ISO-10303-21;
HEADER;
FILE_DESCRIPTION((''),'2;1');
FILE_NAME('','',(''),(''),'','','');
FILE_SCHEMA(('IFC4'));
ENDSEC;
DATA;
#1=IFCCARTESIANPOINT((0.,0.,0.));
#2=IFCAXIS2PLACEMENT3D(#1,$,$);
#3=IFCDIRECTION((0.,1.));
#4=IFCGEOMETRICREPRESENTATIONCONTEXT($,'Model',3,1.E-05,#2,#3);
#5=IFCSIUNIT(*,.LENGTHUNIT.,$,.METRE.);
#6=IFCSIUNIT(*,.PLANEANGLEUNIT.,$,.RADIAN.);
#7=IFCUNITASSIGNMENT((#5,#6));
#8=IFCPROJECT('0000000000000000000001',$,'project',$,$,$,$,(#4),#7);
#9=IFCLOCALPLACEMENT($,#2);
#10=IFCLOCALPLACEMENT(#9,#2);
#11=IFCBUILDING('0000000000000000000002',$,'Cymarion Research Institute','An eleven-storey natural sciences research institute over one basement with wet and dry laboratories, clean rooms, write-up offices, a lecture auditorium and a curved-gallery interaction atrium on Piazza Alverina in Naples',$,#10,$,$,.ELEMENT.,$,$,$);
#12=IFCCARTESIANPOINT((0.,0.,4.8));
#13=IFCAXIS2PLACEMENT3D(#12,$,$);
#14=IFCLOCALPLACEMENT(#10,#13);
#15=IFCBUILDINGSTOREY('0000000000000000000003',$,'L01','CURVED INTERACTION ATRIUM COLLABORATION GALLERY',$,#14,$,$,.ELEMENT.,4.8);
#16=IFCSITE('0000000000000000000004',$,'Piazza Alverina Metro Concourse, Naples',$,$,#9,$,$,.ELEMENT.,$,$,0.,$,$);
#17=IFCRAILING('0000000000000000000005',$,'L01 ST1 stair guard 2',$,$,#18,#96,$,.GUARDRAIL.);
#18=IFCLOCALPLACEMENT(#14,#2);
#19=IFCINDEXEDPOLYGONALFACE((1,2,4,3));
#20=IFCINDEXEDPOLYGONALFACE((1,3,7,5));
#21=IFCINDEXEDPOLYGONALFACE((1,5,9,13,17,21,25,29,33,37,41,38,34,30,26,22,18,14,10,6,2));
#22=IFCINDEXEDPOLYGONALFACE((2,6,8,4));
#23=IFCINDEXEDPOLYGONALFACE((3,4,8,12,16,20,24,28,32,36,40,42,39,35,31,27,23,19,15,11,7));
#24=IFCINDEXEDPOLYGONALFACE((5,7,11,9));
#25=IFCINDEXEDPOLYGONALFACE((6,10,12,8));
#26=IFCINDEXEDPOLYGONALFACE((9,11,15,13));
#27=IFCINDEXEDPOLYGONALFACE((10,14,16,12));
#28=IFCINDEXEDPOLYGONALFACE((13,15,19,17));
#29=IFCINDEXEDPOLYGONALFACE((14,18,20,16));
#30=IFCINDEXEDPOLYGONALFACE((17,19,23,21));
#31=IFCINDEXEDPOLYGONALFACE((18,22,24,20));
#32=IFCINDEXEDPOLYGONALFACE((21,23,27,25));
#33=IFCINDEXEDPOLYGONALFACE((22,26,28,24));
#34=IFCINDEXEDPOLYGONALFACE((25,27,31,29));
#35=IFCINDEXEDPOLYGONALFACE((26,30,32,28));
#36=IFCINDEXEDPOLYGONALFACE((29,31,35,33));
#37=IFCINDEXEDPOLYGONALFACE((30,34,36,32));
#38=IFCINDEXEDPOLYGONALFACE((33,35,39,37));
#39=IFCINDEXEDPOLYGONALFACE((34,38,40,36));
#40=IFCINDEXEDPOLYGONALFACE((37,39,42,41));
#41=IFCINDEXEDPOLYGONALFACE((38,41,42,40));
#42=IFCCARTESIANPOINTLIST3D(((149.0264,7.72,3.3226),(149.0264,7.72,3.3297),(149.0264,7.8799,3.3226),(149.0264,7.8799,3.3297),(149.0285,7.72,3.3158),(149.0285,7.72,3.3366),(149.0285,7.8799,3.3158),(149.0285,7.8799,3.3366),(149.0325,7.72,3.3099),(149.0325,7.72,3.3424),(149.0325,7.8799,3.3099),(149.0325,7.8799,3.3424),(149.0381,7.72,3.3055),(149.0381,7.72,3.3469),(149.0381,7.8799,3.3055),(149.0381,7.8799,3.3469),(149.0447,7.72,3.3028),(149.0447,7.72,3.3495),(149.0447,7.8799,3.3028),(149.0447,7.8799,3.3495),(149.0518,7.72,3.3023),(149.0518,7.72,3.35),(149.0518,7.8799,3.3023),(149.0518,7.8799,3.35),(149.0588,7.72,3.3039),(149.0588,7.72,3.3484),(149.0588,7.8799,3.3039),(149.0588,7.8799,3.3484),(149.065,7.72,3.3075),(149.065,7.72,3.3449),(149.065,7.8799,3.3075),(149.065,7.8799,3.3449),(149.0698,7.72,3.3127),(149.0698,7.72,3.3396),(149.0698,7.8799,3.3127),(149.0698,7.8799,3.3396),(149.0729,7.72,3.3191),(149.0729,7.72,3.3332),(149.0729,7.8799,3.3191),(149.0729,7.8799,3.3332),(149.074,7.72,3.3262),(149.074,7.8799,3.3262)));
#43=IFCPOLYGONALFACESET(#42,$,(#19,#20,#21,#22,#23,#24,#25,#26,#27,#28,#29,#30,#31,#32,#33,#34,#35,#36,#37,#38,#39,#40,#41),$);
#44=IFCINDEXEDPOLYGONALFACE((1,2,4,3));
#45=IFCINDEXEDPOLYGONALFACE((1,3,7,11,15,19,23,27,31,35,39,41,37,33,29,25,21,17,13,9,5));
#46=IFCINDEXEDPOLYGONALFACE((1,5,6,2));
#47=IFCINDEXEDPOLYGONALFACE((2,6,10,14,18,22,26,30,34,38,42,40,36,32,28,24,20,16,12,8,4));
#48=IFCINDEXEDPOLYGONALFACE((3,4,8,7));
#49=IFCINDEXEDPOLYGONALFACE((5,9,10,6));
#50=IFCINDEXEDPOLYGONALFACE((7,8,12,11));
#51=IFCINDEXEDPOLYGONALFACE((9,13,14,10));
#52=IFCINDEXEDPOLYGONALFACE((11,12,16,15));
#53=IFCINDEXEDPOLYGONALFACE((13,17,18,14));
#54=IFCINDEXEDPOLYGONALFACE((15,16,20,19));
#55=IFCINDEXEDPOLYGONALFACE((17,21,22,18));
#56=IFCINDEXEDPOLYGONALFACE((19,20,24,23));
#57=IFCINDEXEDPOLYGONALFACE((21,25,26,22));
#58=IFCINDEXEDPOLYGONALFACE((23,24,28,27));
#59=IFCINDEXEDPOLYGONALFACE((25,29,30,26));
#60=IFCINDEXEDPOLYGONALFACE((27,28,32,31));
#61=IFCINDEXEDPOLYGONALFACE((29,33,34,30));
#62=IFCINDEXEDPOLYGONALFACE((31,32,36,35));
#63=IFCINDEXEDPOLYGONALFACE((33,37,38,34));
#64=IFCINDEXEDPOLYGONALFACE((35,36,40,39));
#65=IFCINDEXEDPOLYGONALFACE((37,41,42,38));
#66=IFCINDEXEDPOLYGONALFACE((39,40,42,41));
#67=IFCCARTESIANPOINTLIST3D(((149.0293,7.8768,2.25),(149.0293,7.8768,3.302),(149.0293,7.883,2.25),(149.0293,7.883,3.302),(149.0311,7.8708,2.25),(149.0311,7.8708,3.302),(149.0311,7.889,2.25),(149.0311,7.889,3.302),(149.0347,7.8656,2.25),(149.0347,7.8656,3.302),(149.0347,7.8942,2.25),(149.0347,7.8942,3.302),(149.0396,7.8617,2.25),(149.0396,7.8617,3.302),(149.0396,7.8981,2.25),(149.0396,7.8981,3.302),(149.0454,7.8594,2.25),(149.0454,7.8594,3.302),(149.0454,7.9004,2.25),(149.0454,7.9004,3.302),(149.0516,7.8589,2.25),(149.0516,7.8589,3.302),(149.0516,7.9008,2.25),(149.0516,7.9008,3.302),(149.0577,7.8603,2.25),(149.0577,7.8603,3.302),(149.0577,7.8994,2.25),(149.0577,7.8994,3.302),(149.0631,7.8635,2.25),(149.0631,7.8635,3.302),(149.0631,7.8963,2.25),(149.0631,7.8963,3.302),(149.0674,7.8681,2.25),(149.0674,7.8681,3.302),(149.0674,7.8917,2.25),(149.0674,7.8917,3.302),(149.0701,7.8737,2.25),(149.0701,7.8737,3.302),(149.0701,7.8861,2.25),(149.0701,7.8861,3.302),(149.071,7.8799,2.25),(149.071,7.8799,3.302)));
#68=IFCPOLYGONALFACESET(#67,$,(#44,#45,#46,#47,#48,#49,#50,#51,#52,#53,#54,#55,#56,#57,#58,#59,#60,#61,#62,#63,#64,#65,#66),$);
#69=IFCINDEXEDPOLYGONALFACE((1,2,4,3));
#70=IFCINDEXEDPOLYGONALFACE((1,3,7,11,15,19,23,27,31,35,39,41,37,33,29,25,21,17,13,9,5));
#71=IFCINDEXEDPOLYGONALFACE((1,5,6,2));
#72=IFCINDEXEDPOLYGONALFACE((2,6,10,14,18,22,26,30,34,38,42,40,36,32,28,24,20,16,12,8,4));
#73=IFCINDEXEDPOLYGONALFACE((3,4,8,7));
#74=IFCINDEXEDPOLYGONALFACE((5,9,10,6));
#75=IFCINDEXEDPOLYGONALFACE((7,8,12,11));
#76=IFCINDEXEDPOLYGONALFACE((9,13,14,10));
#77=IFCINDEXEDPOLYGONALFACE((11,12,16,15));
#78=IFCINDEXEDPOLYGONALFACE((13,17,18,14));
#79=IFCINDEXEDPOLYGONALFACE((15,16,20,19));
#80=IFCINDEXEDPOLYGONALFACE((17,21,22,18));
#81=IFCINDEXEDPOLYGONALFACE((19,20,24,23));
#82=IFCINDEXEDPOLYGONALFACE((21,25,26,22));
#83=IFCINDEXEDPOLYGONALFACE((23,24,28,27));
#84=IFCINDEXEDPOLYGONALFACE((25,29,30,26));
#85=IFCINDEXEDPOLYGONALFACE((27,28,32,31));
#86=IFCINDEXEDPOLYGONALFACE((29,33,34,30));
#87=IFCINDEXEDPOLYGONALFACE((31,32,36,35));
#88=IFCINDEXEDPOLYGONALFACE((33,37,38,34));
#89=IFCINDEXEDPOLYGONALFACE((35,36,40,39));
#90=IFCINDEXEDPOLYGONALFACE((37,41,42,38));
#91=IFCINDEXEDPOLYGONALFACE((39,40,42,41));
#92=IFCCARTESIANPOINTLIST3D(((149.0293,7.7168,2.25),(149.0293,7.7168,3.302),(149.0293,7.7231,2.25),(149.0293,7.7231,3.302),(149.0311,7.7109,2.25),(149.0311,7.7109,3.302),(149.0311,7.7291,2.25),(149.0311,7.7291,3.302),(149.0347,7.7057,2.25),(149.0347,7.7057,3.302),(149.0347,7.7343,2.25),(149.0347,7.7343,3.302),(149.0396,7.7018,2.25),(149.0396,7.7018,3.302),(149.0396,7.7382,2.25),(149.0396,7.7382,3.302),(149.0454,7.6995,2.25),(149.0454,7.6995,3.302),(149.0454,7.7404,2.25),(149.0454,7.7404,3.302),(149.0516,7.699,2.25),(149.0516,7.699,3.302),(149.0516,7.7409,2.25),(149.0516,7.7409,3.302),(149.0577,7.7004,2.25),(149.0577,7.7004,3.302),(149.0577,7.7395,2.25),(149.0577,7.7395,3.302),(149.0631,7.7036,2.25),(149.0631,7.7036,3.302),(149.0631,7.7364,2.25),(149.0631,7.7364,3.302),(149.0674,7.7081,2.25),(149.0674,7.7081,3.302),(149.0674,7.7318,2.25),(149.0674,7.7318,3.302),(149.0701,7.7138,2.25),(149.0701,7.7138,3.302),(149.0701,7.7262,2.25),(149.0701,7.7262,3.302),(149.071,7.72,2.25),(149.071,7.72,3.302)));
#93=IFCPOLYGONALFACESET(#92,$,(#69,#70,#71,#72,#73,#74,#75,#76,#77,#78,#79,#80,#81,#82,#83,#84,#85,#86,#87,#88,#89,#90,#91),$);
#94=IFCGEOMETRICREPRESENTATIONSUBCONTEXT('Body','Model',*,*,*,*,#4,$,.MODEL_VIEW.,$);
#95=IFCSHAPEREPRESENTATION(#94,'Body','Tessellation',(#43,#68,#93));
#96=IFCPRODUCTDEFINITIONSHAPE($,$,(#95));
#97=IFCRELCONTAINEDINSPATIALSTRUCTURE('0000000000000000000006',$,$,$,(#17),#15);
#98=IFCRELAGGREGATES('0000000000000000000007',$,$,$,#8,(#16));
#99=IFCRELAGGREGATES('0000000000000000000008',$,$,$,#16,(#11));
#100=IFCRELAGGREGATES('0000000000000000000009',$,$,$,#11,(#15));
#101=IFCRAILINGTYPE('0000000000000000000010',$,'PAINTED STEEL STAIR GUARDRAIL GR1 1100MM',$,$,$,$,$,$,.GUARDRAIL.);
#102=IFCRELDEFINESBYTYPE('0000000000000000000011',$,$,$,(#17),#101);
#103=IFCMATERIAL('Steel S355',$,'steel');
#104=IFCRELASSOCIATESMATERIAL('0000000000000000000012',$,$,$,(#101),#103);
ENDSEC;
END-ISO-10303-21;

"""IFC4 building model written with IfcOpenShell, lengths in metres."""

from ifc_helpers import new_model, si_unit, direction, frame, origin, origin_2d, place, context, subcontext, project, spatial, circle, extrude, material, type_object, element, save


model = new_model("IFC4")

# Units and contexts
model_context = context("Model", 3, precision=1e-05, world=origin(), true_north=direction((0.0, 1.0)))
body_context = subcontext(model_context, "Body", "Model", "MODEL_VIEW")
ifc_project = project(units=[si_unit("LENGTHUNIT", "METRE"), si_unit("PLANEANGLEUNIT", "RADIAN")], contexts=[model_context])

# Site, building, storey
site_placement = place(None, origin())
site = spatial("IfcSite", under=ifc_project, at=site_placement, Name="Piazza Alverina Metro Concourse, Naples", CompositionType="ELEMENT", RefElevation=0.0)
building_placement = place(site_placement, origin())
building = spatial("IfcBuilding", under=site, at=building_placement, Name="Cymarion Research Institute", Description="An eleven-storey natural sciences research institute over one basement with wet and dry laboratories, clean rooms, write-up offices, a lecture auditorium and a curved-gallery interaction atrium on Piazza Alverina in Naples", CompositionType="ELEMENT")
storey_placement = place(building_placement, frame((0.0, 0.0, 4.8)))
storey = spatial("IfcBuildingStorey", under=building, at=storey_placement, Name="L01", Description="CURVED INTERACTION ATRIUM COLLABORATION GALLERY", CompositionType="ELEMENT", Elevation=4.8)

# Shared definitions
ifc_material_1 = material(Name="Steel S355", Category="steel")

# Railing
railing_type_1 = type_object("IfcRailingType", Name="PAINTED STEEL STAIR GUARDRAIL GR1 1100MM", PredefinedType="GUARDRAIL", material=ifc_material_1)
railing_1_placement = place(storey_placement, frame((149.05, 7.8799, 2.25)))
element("IfcRailing", 1, at=railing_1_placement, inside=storey, type_object=railing_type_1, Name="L01 ST1 stair guard 2", PredefinedType="GUARDRAIL", context=body_context, shape_type="SweptSolid", body=[
    extrude(circle(Radius=0.0239, at=origin_2d()), frame((0.0, 0.0, 1.0762), z_axis=(0.0, -1.0, 0.0), x_axis=(1.0, 0.0, 0.0)), (0.0, 0.0, 1.0), 0.1599),
    extrude(circle(Radius=0.021, at=origin_2d()), origin(), (0.0, 0.0, 1.0), 1.052),
    extrude(circle(Radius=0.021, at=origin_2d()), frame((0.0, -0.1599, 0.0)), (0.0, 0.0, 1.0), 1.052),
])

save(model, "model.ifc")
